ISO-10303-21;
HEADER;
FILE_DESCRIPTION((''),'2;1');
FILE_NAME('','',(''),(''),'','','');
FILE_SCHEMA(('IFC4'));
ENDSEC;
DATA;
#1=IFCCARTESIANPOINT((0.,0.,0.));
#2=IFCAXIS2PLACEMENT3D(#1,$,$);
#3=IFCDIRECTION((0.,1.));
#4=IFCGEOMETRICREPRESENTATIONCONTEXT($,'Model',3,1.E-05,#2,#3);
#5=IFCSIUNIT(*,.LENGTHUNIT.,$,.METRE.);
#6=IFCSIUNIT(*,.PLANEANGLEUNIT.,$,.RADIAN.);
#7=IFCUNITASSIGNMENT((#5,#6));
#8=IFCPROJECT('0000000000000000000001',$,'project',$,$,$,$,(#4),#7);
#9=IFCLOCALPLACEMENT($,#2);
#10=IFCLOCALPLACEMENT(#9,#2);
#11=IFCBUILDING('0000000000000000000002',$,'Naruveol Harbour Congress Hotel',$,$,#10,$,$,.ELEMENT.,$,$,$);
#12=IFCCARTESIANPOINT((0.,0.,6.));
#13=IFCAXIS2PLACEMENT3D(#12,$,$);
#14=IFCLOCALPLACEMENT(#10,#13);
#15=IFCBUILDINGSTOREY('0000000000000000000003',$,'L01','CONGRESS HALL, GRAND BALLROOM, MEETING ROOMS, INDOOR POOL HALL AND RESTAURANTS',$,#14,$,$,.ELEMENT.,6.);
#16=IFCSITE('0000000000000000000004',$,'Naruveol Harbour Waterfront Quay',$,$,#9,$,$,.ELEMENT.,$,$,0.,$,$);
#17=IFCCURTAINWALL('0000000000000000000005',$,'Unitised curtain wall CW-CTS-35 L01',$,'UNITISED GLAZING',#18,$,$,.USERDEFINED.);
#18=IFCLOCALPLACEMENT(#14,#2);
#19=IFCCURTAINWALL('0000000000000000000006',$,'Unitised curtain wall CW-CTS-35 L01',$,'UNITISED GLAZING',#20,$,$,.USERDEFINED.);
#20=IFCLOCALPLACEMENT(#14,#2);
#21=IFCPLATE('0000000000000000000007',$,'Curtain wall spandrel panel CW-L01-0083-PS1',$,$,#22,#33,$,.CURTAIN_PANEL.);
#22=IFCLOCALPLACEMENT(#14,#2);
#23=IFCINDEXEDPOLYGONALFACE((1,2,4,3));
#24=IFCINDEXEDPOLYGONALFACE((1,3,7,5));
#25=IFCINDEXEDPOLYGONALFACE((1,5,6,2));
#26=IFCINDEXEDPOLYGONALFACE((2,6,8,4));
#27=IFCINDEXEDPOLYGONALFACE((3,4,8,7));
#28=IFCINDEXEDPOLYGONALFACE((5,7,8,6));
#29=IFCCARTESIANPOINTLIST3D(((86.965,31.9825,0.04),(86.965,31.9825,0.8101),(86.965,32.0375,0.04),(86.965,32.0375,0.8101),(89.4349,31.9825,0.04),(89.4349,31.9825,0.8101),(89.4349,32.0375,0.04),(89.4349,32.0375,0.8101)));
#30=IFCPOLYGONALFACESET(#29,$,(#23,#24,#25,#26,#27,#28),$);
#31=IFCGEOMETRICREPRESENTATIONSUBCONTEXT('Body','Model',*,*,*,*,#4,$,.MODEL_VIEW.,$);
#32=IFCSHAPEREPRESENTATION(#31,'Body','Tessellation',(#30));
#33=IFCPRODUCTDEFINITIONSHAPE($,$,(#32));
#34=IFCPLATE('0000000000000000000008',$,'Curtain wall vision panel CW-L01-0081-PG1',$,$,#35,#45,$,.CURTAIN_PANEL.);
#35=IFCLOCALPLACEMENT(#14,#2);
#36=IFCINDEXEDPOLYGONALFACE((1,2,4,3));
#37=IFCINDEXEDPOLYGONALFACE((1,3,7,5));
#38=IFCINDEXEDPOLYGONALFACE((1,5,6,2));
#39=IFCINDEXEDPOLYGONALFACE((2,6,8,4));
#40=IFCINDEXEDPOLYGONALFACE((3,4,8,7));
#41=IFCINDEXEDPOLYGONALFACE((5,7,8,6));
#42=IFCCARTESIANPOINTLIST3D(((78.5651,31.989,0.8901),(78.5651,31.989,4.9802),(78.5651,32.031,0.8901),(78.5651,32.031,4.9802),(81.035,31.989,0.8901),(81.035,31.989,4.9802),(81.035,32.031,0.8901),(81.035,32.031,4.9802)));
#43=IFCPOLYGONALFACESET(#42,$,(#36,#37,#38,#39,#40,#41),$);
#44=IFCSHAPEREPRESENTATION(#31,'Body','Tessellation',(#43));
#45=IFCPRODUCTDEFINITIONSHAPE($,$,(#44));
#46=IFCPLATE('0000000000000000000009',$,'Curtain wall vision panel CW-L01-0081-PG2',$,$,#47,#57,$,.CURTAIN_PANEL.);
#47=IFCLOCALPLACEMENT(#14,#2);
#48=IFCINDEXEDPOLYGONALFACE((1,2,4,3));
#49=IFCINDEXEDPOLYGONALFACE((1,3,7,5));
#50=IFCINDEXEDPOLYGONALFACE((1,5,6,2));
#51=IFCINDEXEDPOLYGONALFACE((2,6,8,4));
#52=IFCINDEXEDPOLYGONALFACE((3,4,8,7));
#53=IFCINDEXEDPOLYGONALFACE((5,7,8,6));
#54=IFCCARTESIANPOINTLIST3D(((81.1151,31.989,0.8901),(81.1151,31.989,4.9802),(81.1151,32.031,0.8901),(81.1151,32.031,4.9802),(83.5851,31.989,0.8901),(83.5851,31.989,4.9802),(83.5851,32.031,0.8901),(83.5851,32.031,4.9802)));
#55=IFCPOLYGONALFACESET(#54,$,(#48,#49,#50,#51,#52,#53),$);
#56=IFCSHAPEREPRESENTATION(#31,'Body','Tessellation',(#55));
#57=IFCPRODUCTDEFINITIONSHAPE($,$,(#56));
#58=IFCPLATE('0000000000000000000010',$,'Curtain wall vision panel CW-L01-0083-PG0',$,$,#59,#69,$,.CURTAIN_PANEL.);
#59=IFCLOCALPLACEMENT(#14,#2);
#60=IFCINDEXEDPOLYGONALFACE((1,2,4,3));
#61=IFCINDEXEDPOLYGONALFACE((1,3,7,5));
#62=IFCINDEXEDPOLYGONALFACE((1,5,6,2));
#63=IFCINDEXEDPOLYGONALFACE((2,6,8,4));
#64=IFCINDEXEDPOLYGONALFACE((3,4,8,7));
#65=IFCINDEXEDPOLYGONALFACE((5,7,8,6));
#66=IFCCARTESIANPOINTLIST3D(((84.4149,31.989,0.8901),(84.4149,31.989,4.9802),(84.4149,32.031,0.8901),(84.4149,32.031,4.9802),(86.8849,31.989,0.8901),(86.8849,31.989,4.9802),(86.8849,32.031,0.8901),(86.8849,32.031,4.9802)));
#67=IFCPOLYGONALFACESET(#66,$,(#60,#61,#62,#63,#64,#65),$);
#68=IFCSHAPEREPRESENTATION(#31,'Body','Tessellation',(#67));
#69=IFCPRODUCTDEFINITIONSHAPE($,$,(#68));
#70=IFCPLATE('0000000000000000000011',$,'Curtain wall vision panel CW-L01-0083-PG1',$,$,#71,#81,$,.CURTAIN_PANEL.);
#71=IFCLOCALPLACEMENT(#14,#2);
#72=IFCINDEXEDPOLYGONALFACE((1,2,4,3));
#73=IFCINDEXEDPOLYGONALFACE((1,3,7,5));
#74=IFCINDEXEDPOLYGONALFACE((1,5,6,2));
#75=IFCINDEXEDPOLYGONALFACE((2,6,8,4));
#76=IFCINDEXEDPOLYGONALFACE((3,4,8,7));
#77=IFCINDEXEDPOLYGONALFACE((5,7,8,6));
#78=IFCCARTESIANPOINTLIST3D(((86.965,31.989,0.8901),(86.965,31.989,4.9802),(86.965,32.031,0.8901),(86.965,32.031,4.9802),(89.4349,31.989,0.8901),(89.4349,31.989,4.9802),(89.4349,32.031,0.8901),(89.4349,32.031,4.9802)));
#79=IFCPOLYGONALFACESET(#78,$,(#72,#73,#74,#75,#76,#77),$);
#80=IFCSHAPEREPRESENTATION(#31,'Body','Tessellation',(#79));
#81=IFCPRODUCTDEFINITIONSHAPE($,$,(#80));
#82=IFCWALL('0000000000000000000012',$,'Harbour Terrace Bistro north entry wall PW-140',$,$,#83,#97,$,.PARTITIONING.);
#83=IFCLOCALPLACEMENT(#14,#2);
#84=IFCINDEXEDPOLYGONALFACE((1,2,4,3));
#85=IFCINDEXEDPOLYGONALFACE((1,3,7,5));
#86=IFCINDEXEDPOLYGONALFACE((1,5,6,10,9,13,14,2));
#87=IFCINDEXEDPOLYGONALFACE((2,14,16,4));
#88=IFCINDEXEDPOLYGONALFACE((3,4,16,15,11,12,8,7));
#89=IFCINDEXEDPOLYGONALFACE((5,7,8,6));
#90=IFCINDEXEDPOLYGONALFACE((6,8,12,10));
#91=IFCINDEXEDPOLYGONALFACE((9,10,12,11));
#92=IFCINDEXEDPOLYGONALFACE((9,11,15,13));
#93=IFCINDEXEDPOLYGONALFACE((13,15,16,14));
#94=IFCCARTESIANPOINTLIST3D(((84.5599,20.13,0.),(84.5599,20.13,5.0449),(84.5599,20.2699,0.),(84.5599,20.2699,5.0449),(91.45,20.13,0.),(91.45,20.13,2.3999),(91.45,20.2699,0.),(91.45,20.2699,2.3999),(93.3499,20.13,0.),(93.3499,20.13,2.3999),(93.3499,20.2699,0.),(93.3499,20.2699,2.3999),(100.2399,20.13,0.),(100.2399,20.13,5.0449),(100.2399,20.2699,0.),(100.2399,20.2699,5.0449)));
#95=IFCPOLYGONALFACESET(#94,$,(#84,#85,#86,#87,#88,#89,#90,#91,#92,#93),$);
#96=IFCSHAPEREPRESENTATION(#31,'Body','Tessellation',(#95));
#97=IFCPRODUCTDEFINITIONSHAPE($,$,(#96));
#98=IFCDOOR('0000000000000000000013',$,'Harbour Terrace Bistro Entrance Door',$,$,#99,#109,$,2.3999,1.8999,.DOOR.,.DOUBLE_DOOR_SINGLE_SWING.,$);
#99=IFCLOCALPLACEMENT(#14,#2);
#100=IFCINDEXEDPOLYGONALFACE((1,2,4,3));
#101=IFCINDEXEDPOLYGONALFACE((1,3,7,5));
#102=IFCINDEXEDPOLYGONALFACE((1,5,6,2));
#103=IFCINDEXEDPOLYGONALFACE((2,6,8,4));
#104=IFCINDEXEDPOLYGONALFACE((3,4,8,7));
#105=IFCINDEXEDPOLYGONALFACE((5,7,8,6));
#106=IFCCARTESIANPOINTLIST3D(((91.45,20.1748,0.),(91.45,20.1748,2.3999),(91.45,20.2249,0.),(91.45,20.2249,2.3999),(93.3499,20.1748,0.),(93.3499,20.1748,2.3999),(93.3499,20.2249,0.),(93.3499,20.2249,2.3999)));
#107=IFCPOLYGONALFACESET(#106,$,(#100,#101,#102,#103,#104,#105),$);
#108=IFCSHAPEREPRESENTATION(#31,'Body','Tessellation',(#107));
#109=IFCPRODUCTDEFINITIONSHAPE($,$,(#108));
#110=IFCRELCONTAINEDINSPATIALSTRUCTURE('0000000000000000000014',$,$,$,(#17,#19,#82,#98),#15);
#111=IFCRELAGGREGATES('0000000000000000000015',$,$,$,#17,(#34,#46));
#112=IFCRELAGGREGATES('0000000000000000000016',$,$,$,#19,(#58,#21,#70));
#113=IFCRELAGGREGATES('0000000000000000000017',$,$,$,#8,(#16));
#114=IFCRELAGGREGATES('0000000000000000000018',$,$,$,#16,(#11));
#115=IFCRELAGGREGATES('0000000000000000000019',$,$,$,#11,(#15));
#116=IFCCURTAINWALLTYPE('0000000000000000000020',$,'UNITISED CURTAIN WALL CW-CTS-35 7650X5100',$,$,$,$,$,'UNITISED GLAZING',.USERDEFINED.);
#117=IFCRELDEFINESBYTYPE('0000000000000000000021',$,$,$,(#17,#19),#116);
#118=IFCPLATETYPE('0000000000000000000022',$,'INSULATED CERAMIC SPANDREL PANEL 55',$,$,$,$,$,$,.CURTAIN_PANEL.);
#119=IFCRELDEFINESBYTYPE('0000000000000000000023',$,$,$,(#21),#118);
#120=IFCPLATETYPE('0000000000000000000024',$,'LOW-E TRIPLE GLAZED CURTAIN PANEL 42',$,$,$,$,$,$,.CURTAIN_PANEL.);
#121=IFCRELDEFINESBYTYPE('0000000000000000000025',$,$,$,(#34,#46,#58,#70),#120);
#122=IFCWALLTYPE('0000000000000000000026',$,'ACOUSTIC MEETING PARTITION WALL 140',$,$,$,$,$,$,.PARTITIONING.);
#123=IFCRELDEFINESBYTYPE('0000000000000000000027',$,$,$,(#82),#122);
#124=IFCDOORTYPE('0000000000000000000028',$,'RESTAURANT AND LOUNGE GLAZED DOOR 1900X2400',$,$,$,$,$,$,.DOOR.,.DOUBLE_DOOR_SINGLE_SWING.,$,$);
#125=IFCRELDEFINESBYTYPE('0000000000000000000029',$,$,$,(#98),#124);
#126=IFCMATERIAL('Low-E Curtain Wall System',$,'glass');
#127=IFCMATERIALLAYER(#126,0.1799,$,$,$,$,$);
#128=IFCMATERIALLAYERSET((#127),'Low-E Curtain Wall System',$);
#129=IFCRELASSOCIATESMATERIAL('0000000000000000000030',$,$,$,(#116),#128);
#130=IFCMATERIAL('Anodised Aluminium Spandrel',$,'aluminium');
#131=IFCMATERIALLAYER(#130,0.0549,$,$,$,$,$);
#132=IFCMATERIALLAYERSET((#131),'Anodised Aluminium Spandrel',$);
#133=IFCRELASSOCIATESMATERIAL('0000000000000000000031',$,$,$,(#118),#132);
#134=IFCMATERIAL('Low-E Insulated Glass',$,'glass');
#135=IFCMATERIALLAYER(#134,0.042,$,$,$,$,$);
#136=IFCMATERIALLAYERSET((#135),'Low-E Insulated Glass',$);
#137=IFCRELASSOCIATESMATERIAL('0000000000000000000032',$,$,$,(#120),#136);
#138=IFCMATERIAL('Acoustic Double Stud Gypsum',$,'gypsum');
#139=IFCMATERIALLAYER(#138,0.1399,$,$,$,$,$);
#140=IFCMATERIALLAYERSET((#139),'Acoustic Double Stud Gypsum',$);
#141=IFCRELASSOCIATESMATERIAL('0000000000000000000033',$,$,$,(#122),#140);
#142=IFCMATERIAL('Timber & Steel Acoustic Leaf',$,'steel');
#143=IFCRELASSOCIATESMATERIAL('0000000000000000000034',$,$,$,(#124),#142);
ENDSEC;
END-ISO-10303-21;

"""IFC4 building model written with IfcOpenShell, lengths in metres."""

from ifc_helpers import new_model, si_unit, direction, frame, frame_2d, origin, origin_2d, place, context, subcontext, project, spatial, rectangle, extrude, material, layer, layer_set, type_object, element, fill, aggregate, save


model = new_model("IFC4")

# Units and contexts
model_context = context("Model", 3, precision=1e-05, world=origin(), true_north=direction((0.0, 1.0)))
body_context = subcontext(model_context, "Body", "Model", "MODEL_VIEW")
ifc_project = project(units=[si_unit("LENGTHUNIT", "METRE"), si_unit("PLANEANGLEUNIT", "RADIAN")], contexts=[model_context])

# Site, building, storey
site_placement = place(None, origin())
site = spatial("IfcSite", under=ifc_project, at=site_placement, Name="Naruveol Harbour Waterfront Quay", CompositionType="ELEMENT", RefElevation=0.0)
building_placement = place(site_placement, origin())
building = spatial("IfcBuilding", under=site, at=building_placement, Name="Naruveol Harbour Congress Hotel", CompositionType="ELEMENT")
storey_placement = place(building_placement, frame((0.0, 0.0, 6.0)))
storey = spatial("IfcBuildingStorey", under=building, at=storey_placement, Name="L01", Description="CONGRESS HALL, GRAND BALLROOM, MEETING ROOMS, INDOOR POOL HALL AND RESTAURANTS", CompositionType="ELEMENT", Elevation=6.0)

# Curtain walls
ifc_material_1 = material(Name="Low-E Curtain Wall System", Category="glass")
ifc_layer_1 = layer(ifc_material_1, 0.1799)
ifc_layer_set_1 = layer_set([ifc_layer_1], Name="Low-E Curtain Wall System")
curtain_wall_type = type_object("IfcCurtainWallType", Name="UNITISED CURTAIN WALL CW-CTS-35 7650X5100", ElementType="UNITISED GLAZING", PredefinedType="USERDEFINED", material=ifc_layer_set_1)
curtain_wall_1_placement = place(storey_placement, origin())
curtain_wall_1 = element("IfcCurtainWall", 1, at=curtain_wall_1_placement, inside=storey, type_object=curtain_wall_type, Name="Unitised curtain wall CW-CTS-35 L01", ObjectType="UNITISED GLAZING", PredefinedType="USERDEFINED")
curtain_wall_2_placement = place(storey_placement, origin())
curtain_wall_2 = element("IfcCurtainWall", 2, at=curtain_wall_2_placement, inside=storey, type_object=curtain_wall_type, Name="Unitised curtain wall CW-CTS-35 L01", ObjectType="UNITISED GLAZING", PredefinedType="USERDEFINED")

# Plates
ifc_material_2 = material(Name="Anodised Aluminium Spandrel", Category="aluminium")
ifc_layer_2 = layer(ifc_material_2, 0.0549)
ifc_layer_set_2 = layer_set([ifc_layer_2], Name="Anodised Aluminium Spandrel")
plate_type_1 = type_object("IfcPlateType", Name="INSULATED CERAMIC SPANDREL PANEL 55", PredefinedType="CURTAIN_PANEL", material=ifc_layer_set_2)
plate_1_placement = place(storey_placement, frame((88.2, 32.01, 0.04), z_axis=(0.0, 0.0, 1.0), x_axis=(1.0, 0.0, 0.0)))
plate_1 = element("IfcPlate", 3, at=plate_1_placement, type_object=plate_type_1, Name="Curtain wall spandrel panel CW-L01-0083-PS1", PredefinedType="CURTAIN_PANEL", context=body_context, shape_type="SweptSolid", body=[
    extrude(rectangle(XDim=2.47, YDim=0.0549, at=origin_2d()), origin(), (0.0, 0.0, 1.0), 0.77),
])
ifc_material_3 = material(Name="Low-E Insulated Glass", Category="glass")
ifc_layer_3 = layer(ifc_material_3, 0.042)
ifc_layer_set_3 = layer_set([ifc_layer_3], Name="Low-E Insulated Glass")
plate_type_2 = type_object("IfcPlateType", Name="LOW-E TRIPLE GLAZED CURTAIN PANEL 42", PredefinedType="CURTAIN_PANEL", material=ifc_layer_set_3)
plate_2_placement = place(storey_placement, frame((79.8, 32.01, 0.8901), z_axis=(0.0, 0.0, 1.0), x_axis=(1.0, 0.0, 0.0)))
plate_2 = element("IfcPlate", 4, at=plate_2_placement, type_object=plate_type_2, Name="Curtain wall vision panel CW-L01-0081-PG1", PredefinedType="CURTAIN_PANEL", context=body_context, shape_type="SweptSolid", body=[
    extrude(rectangle(XDim=2.47, YDim=0.042, at=origin_2d()), origin(), (0.0, 0.0, 1.0), 4.0901),
])
plate_3_placement = place(storey_placement, frame((82.3501, 32.01, 0.8901), z_axis=(0.0, 0.0, 1.0), x_axis=(1.0, 0.0, 0.0)))
plate_3 = element("IfcPlate", 5, at=plate_3_placement, type_object=plate_type_2, Name="Curtain wall vision panel CW-L01-0081-PG2", PredefinedType="CURTAIN_PANEL", context=body_context, shape_type="SweptSolid", body=[
    extrude(rectangle(XDim=2.47, YDim=0.042, at=origin_2d()), origin(), (0.0, 0.0, 1.0), 4.0901),
])
aggregate(curtain_wall_1, [plate_2, plate_3])
plate_4_placement = place(storey_placement, frame((85.6499, 32.01, 0.8901), z_axis=(0.0, 0.0, 1.0), x_axis=(1.0, 0.0, 0.0)))
plate_4 = element("IfcPlate", 6, at=plate_4_placement, type_object=plate_type_2, Name="Curtain wall vision panel CW-L01-0083-PG0", PredefinedType="CURTAIN_PANEL", context=body_context, shape_type="SweptSolid", body=[
    extrude(rectangle(XDim=2.47, YDim=0.042, at=origin_2d()), origin(), (0.0, 0.0, 1.0), 4.0901),
])
plate_5_placement = place(storey_placement, frame((88.2, 32.01, 0.8901), z_axis=(0.0, 0.0, 1.0), x_axis=(1.0, 0.0, 0.0)))
plate_5 = element("IfcPlate", 7, at=plate_5_placement, type_object=plate_type_2, Name="Curtain wall vision panel CW-L01-0083-PG1", PredefinedType="CURTAIN_PANEL", context=body_context, shape_type="SweptSolid", body=[
    extrude(rectangle(XDim=2.47, YDim=0.042, at=origin_2d()), origin(), (0.0, 0.0, 1.0), 4.0901),
])
aggregate(curtain_wall_2, [plate_4, plate_1, plate_5])

# Wall, opening, door
ifc_material_4 = material(Name="Acoustic Double Stud Gypsum", Category="gypsum")
ifc_layer_4 = layer(ifc_material_4, 0.1399)
ifc_layer_set_4 = layer_set([ifc_layer_4], Name="Acoustic Double Stud Gypsum")
wall_type = type_object("IfcWallType", Name="ACOUSTIC MEETING PARTITION WALL 140", PredefinedType="PARTITIONING", material=ifc_layer_set_4)
wall_placement = place(storey_placement, frame((84.5601, 20.2, 0.0), z_axis=(0.0, 0.0, 1.0), x_axis=(1.0, 0.0, 0.0)))
wall = element("IfcWall", 8, at=wall_placement, inside=storey, type_object=wall_type, Name="Harbour Terrace Bistro north entry wall PW-140", PredefinedType="PARTITIONING", context=body_context, shape_type="SweptSolid", body=[
    extrude(rectangle(XDim=15.6799, YDim=0.1399, at=frame_2d((7.8398, 0.0))), origin(), (0.0, 0.0, 1.0), 5.0449),
])
opening_placement = place(wall_placement, frame((6.8899, 0.0, 0.0)))
opening = element("IfcOpeningElement", 9, at=opening_placement, cuts=wall, PredefinedType="OPENING", context=body_context, shape_type="SweptSolid", body=[
    extrude(rectangle(XDim=1.8999, YDim=2.3999, at=frame_2d((0.95, 1.2))), frame((0.0, 0.0798, 0.0), z_axis=(0.0, -1.0, 0.0), x_axis=(1.0, 0.0, 0.0)), (0.0, 0.0, 1.0), 0.1599),
])
ifc_material_5 = material(Name="Timber & Steel Acoustic Leaf", Category="steel")
door_type = type_object("IfcDoorType", Name="RESTAURANT AND LOUNGE GLAZED DOOR 1900X2400", OperationType="DOUBLE_DOOR_SINGLE_SWING", PredefinedType="DOOR", material=ifc_material_5)
door_placement = place(opening_placement, origin())
door = element("IfcDoor", 10, at=door_placement, inside=storey, type_object=door_type, Name="Harbour Terrace Bistro Entrance Door", OperationType="DOUBLE_DOOR_SINGLE_SWING", OverallHeight=2.3999, OverallWidth=1.8999, PredefinedType="DOOR", context=body_context, shape_type="SweptSolid", body=[
    extrude(rectangle(XDim=1.8999, YDim=2.3999, at=frame_2d((0.95, 1.2))), frame((0.0, 0.0249, 0.0), z_axis=(0.0, -1.0, 0.0), x_axis=(1.0, 0.0, 0.0)), (0.0, 0.0, 1.0), 0.05),
])
fill(opening, door)

save(model, "model.ifc")
